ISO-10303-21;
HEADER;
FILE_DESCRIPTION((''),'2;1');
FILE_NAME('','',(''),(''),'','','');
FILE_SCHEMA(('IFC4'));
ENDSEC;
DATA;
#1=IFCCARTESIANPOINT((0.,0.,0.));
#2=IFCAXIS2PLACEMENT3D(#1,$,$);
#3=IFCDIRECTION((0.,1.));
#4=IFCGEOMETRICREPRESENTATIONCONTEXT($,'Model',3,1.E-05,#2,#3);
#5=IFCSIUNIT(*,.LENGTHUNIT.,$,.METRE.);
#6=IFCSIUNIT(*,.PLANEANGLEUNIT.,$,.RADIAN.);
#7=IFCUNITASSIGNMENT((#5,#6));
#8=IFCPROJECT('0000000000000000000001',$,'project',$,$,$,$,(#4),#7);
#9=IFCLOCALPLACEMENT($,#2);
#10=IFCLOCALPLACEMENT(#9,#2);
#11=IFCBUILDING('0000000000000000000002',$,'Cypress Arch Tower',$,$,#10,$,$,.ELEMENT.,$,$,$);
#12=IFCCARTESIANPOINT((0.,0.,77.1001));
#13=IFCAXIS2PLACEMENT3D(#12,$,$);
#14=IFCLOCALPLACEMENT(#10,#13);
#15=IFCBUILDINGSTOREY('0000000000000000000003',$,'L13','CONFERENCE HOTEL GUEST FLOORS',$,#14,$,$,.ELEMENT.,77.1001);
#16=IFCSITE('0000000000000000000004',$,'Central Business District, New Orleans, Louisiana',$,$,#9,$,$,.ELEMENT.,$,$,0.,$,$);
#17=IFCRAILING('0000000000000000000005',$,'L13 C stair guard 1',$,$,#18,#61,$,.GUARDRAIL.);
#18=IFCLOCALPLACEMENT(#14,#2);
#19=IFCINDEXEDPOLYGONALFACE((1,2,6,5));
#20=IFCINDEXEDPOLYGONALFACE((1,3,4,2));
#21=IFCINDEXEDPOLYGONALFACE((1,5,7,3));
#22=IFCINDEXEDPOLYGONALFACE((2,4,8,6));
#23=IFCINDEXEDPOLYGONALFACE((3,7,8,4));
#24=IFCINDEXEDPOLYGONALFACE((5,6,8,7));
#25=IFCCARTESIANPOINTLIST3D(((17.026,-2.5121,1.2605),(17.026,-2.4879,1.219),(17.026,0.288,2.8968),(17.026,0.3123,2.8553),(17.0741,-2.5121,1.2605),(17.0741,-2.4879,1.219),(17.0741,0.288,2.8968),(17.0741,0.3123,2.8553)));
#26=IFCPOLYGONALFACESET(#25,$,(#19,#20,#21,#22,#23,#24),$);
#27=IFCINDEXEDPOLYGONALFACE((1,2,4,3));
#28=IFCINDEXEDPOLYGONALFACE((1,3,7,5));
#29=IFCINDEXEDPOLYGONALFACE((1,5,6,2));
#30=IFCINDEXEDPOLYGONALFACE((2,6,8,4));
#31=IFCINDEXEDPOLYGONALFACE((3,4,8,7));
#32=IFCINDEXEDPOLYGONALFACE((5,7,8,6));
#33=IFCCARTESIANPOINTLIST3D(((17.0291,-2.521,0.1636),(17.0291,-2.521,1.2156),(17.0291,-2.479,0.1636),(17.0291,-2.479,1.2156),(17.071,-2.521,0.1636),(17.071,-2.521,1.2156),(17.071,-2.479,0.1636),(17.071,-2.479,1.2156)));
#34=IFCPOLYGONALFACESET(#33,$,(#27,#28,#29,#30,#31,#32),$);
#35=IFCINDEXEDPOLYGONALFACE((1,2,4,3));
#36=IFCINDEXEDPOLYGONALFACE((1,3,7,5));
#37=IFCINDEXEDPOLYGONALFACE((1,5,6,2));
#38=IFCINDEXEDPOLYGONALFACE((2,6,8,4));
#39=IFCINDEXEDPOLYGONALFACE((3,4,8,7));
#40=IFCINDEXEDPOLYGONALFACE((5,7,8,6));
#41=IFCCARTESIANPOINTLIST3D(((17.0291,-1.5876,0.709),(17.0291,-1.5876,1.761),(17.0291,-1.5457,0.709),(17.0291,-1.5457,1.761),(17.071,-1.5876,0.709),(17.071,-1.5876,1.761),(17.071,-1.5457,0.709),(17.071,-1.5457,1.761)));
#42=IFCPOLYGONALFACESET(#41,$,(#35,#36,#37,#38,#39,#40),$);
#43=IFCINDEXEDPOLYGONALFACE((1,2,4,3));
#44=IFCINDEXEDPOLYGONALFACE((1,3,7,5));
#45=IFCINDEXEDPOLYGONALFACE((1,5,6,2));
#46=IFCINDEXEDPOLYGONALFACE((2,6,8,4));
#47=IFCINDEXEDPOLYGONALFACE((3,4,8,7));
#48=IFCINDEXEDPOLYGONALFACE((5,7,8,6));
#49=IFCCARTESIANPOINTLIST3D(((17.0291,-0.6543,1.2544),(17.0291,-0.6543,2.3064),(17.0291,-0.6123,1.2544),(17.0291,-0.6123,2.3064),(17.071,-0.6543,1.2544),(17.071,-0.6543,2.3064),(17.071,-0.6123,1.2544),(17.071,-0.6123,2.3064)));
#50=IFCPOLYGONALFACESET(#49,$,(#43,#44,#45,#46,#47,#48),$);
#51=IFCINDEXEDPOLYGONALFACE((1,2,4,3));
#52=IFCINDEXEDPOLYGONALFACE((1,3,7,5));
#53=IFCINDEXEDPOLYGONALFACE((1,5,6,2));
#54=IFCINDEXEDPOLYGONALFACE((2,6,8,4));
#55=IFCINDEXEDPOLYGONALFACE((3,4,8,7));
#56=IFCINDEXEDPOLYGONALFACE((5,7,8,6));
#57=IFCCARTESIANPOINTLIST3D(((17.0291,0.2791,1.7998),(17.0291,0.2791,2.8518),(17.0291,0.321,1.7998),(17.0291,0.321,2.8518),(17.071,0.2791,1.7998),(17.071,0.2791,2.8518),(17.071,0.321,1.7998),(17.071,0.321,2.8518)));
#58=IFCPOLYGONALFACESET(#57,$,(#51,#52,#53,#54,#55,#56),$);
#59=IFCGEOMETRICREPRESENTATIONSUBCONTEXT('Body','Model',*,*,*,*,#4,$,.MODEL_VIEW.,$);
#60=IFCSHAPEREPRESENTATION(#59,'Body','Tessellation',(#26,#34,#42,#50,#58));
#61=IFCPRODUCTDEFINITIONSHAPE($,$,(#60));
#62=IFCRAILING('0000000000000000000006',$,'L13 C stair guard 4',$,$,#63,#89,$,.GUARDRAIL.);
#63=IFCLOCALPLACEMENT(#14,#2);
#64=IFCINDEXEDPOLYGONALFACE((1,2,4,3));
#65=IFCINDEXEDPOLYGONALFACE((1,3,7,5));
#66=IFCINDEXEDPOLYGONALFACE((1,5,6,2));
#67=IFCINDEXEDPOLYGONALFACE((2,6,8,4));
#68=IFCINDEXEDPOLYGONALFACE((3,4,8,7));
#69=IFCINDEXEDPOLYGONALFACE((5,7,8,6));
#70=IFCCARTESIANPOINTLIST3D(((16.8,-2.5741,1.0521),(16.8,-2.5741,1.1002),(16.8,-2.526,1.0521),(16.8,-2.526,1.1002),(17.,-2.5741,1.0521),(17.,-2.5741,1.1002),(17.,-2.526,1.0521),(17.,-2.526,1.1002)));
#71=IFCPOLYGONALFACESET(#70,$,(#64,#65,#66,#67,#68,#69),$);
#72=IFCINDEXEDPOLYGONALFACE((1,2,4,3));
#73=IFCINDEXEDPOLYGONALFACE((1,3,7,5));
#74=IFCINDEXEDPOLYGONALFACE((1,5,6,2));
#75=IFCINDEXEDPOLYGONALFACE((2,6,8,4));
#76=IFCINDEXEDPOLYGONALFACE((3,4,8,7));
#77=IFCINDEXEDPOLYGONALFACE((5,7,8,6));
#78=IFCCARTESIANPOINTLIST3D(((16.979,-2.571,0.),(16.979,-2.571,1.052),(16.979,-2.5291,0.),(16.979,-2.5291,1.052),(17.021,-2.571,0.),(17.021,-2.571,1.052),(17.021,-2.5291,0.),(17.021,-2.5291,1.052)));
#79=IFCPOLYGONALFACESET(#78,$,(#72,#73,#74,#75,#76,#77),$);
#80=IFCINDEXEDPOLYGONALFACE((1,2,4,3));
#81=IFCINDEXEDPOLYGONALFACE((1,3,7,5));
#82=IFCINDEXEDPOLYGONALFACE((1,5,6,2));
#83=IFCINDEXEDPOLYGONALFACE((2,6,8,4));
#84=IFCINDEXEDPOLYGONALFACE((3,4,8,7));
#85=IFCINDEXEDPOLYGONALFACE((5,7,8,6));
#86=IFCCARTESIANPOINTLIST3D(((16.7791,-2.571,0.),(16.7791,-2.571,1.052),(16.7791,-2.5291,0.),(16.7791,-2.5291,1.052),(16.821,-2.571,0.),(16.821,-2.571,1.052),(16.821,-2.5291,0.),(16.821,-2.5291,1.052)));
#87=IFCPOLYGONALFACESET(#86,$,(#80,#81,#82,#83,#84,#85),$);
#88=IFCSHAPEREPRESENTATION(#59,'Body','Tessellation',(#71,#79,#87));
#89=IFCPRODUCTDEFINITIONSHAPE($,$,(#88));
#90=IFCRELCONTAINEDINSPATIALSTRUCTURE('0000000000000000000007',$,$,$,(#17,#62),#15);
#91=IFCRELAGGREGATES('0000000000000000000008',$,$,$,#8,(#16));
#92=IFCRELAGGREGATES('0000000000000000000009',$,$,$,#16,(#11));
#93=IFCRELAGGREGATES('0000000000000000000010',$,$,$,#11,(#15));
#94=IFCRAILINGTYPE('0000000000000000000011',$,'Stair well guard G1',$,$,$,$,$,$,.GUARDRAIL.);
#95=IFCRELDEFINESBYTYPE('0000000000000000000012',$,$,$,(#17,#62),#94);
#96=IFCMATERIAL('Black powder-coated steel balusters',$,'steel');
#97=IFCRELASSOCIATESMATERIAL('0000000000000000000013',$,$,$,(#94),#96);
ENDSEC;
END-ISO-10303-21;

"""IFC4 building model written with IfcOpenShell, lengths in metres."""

from ifc_helpers import new_model, si_unit, direction, frame, origin, origin_2d, place, context, subcontext, project, spatial, rectangle, extrude, material, type_object, element, save


model = new_model("IFC4")

# Units and contexts
model_context = context("Model", 3, precision=1e-05, world=origin(), true_north=direction((0.0, 1.0)))
body_context = subcontext(model_context, "Body", "Model", "MODEL_VIEW")
ifc_project = project(units=[si_unit("LENGTHUNIT", "METRE"), si_unit("PLANEANGLEUNIT", "RADIAN")], contexts=[model_context])

# Site, building, storey
site_placement = place(None, origin())
site = spatial("IfcSite", under=ifc_project, at=site_placement, Name="Central Business District, New Orleans, Louisiana", CompositionType="ELEMENT", RefElevation=0.0)
building_placement = place(site_placement, origin())
building = spatial("IfcBuilding", under=site, at=building_placement, Name="Cypress Arch Tower", CompositionType="ELEMENT")
storey_placement = place(building_placement, frame((0.0, 0.0, 77.1001)))
storey = spatial("IfcBuildingStorey", under=building, at=storey_placement, Name="L13", Description="CONFERENCE HOTEL GUEST FLOORS", CompositionType="ELEMENT", Elevation=77.1001)

# Railings
ifc_material_1 = material(Name="Black powder-coated steel balusters", Category="steel")
railing_type_1 = type_object("IfcRailingType", Name="Stair well guard G1", PredefinedType="GUARDRAIL", material=ifc_material_1)
railing_1_placement = place(storey_placement, frame((17.05, -2.5, 0.1636)))
element("IfcRailing", 1, at=railing_1_placement, inside=storey, type_object=railing_type_1, Name="L13 C stair guard 1", PredefinedType="GUARDRAIL", context=body_context, shape_type="SweptSolid", body=[
    extrude(rectangle(XDim=0.0481, YDim=0.0481, at=origin_2d()), frame((0.0, 0.0, 1.0762), z_axis=(0.0, 0.863394, 0.504531), x_axis=(-1.0, 0.0, 0.0)), (0.0, 0.0, 1.0), 3.2432),
    extrude(rectangle(XDim=0.042, YDim=0.042, at=origin_2d()), origin(), (0.0, 0.0, 1.0), 1.052),
    extrude(rectangle(XDim=0.042, YDim=0.042, at=origin_2d()), frame((0.0, 0.9333, 0.5454)), (0.0, 0.0, 1.0), 1.052),
    extrude(rectangle(XDim=0.042, YDim=0.042, at=origin_2d()), frame((0.0, 1.8667, 1.0908)), (0.0, 0.0, 1.0), 1.052),
    extrude(rectangle(XDim=0.042, YDim=0.042, at=origin_2d()), frame((0.0, 2.8, 1.6362)), (0.0, 0.0, 1.0), 1.052),
])
railing_2_placement = place(storey_placement, frame((17.0, -2.55, 0.0)))
element("IfcRailing", 2, at=railing_2_placement, inside=storey, type_object=railing_type_1, Name="L13 C stair guard 4", PredefinedType="GUARDRAIL", context=body_context, shape_type="SweptSolid", body=[
    extrude(rectangle(XDim=0.0481, YDim=0.0481, at=origin_2d()), frame((0.0, 0.0, 1.0762), z_axis=(-1.0, 0.0, 0.0), x_axis=(0.0, -1.0, 0.0)), (0.0, 0.0, 1.0), 0.2),
    extrude(rectangle(XDim=0.042, YDim=0.042, at=origin_2d()), origin(), (0.0, 0.0, 1.0), 1.052),
    extrude(rectangle(XDim=0.042, YDim=0.042, at=origin_2d()), frame((-0.2, 0.0, 0.0)), (0.0, 0.0, 1.0), 1.052),
])

save(model, "model.ifc")
